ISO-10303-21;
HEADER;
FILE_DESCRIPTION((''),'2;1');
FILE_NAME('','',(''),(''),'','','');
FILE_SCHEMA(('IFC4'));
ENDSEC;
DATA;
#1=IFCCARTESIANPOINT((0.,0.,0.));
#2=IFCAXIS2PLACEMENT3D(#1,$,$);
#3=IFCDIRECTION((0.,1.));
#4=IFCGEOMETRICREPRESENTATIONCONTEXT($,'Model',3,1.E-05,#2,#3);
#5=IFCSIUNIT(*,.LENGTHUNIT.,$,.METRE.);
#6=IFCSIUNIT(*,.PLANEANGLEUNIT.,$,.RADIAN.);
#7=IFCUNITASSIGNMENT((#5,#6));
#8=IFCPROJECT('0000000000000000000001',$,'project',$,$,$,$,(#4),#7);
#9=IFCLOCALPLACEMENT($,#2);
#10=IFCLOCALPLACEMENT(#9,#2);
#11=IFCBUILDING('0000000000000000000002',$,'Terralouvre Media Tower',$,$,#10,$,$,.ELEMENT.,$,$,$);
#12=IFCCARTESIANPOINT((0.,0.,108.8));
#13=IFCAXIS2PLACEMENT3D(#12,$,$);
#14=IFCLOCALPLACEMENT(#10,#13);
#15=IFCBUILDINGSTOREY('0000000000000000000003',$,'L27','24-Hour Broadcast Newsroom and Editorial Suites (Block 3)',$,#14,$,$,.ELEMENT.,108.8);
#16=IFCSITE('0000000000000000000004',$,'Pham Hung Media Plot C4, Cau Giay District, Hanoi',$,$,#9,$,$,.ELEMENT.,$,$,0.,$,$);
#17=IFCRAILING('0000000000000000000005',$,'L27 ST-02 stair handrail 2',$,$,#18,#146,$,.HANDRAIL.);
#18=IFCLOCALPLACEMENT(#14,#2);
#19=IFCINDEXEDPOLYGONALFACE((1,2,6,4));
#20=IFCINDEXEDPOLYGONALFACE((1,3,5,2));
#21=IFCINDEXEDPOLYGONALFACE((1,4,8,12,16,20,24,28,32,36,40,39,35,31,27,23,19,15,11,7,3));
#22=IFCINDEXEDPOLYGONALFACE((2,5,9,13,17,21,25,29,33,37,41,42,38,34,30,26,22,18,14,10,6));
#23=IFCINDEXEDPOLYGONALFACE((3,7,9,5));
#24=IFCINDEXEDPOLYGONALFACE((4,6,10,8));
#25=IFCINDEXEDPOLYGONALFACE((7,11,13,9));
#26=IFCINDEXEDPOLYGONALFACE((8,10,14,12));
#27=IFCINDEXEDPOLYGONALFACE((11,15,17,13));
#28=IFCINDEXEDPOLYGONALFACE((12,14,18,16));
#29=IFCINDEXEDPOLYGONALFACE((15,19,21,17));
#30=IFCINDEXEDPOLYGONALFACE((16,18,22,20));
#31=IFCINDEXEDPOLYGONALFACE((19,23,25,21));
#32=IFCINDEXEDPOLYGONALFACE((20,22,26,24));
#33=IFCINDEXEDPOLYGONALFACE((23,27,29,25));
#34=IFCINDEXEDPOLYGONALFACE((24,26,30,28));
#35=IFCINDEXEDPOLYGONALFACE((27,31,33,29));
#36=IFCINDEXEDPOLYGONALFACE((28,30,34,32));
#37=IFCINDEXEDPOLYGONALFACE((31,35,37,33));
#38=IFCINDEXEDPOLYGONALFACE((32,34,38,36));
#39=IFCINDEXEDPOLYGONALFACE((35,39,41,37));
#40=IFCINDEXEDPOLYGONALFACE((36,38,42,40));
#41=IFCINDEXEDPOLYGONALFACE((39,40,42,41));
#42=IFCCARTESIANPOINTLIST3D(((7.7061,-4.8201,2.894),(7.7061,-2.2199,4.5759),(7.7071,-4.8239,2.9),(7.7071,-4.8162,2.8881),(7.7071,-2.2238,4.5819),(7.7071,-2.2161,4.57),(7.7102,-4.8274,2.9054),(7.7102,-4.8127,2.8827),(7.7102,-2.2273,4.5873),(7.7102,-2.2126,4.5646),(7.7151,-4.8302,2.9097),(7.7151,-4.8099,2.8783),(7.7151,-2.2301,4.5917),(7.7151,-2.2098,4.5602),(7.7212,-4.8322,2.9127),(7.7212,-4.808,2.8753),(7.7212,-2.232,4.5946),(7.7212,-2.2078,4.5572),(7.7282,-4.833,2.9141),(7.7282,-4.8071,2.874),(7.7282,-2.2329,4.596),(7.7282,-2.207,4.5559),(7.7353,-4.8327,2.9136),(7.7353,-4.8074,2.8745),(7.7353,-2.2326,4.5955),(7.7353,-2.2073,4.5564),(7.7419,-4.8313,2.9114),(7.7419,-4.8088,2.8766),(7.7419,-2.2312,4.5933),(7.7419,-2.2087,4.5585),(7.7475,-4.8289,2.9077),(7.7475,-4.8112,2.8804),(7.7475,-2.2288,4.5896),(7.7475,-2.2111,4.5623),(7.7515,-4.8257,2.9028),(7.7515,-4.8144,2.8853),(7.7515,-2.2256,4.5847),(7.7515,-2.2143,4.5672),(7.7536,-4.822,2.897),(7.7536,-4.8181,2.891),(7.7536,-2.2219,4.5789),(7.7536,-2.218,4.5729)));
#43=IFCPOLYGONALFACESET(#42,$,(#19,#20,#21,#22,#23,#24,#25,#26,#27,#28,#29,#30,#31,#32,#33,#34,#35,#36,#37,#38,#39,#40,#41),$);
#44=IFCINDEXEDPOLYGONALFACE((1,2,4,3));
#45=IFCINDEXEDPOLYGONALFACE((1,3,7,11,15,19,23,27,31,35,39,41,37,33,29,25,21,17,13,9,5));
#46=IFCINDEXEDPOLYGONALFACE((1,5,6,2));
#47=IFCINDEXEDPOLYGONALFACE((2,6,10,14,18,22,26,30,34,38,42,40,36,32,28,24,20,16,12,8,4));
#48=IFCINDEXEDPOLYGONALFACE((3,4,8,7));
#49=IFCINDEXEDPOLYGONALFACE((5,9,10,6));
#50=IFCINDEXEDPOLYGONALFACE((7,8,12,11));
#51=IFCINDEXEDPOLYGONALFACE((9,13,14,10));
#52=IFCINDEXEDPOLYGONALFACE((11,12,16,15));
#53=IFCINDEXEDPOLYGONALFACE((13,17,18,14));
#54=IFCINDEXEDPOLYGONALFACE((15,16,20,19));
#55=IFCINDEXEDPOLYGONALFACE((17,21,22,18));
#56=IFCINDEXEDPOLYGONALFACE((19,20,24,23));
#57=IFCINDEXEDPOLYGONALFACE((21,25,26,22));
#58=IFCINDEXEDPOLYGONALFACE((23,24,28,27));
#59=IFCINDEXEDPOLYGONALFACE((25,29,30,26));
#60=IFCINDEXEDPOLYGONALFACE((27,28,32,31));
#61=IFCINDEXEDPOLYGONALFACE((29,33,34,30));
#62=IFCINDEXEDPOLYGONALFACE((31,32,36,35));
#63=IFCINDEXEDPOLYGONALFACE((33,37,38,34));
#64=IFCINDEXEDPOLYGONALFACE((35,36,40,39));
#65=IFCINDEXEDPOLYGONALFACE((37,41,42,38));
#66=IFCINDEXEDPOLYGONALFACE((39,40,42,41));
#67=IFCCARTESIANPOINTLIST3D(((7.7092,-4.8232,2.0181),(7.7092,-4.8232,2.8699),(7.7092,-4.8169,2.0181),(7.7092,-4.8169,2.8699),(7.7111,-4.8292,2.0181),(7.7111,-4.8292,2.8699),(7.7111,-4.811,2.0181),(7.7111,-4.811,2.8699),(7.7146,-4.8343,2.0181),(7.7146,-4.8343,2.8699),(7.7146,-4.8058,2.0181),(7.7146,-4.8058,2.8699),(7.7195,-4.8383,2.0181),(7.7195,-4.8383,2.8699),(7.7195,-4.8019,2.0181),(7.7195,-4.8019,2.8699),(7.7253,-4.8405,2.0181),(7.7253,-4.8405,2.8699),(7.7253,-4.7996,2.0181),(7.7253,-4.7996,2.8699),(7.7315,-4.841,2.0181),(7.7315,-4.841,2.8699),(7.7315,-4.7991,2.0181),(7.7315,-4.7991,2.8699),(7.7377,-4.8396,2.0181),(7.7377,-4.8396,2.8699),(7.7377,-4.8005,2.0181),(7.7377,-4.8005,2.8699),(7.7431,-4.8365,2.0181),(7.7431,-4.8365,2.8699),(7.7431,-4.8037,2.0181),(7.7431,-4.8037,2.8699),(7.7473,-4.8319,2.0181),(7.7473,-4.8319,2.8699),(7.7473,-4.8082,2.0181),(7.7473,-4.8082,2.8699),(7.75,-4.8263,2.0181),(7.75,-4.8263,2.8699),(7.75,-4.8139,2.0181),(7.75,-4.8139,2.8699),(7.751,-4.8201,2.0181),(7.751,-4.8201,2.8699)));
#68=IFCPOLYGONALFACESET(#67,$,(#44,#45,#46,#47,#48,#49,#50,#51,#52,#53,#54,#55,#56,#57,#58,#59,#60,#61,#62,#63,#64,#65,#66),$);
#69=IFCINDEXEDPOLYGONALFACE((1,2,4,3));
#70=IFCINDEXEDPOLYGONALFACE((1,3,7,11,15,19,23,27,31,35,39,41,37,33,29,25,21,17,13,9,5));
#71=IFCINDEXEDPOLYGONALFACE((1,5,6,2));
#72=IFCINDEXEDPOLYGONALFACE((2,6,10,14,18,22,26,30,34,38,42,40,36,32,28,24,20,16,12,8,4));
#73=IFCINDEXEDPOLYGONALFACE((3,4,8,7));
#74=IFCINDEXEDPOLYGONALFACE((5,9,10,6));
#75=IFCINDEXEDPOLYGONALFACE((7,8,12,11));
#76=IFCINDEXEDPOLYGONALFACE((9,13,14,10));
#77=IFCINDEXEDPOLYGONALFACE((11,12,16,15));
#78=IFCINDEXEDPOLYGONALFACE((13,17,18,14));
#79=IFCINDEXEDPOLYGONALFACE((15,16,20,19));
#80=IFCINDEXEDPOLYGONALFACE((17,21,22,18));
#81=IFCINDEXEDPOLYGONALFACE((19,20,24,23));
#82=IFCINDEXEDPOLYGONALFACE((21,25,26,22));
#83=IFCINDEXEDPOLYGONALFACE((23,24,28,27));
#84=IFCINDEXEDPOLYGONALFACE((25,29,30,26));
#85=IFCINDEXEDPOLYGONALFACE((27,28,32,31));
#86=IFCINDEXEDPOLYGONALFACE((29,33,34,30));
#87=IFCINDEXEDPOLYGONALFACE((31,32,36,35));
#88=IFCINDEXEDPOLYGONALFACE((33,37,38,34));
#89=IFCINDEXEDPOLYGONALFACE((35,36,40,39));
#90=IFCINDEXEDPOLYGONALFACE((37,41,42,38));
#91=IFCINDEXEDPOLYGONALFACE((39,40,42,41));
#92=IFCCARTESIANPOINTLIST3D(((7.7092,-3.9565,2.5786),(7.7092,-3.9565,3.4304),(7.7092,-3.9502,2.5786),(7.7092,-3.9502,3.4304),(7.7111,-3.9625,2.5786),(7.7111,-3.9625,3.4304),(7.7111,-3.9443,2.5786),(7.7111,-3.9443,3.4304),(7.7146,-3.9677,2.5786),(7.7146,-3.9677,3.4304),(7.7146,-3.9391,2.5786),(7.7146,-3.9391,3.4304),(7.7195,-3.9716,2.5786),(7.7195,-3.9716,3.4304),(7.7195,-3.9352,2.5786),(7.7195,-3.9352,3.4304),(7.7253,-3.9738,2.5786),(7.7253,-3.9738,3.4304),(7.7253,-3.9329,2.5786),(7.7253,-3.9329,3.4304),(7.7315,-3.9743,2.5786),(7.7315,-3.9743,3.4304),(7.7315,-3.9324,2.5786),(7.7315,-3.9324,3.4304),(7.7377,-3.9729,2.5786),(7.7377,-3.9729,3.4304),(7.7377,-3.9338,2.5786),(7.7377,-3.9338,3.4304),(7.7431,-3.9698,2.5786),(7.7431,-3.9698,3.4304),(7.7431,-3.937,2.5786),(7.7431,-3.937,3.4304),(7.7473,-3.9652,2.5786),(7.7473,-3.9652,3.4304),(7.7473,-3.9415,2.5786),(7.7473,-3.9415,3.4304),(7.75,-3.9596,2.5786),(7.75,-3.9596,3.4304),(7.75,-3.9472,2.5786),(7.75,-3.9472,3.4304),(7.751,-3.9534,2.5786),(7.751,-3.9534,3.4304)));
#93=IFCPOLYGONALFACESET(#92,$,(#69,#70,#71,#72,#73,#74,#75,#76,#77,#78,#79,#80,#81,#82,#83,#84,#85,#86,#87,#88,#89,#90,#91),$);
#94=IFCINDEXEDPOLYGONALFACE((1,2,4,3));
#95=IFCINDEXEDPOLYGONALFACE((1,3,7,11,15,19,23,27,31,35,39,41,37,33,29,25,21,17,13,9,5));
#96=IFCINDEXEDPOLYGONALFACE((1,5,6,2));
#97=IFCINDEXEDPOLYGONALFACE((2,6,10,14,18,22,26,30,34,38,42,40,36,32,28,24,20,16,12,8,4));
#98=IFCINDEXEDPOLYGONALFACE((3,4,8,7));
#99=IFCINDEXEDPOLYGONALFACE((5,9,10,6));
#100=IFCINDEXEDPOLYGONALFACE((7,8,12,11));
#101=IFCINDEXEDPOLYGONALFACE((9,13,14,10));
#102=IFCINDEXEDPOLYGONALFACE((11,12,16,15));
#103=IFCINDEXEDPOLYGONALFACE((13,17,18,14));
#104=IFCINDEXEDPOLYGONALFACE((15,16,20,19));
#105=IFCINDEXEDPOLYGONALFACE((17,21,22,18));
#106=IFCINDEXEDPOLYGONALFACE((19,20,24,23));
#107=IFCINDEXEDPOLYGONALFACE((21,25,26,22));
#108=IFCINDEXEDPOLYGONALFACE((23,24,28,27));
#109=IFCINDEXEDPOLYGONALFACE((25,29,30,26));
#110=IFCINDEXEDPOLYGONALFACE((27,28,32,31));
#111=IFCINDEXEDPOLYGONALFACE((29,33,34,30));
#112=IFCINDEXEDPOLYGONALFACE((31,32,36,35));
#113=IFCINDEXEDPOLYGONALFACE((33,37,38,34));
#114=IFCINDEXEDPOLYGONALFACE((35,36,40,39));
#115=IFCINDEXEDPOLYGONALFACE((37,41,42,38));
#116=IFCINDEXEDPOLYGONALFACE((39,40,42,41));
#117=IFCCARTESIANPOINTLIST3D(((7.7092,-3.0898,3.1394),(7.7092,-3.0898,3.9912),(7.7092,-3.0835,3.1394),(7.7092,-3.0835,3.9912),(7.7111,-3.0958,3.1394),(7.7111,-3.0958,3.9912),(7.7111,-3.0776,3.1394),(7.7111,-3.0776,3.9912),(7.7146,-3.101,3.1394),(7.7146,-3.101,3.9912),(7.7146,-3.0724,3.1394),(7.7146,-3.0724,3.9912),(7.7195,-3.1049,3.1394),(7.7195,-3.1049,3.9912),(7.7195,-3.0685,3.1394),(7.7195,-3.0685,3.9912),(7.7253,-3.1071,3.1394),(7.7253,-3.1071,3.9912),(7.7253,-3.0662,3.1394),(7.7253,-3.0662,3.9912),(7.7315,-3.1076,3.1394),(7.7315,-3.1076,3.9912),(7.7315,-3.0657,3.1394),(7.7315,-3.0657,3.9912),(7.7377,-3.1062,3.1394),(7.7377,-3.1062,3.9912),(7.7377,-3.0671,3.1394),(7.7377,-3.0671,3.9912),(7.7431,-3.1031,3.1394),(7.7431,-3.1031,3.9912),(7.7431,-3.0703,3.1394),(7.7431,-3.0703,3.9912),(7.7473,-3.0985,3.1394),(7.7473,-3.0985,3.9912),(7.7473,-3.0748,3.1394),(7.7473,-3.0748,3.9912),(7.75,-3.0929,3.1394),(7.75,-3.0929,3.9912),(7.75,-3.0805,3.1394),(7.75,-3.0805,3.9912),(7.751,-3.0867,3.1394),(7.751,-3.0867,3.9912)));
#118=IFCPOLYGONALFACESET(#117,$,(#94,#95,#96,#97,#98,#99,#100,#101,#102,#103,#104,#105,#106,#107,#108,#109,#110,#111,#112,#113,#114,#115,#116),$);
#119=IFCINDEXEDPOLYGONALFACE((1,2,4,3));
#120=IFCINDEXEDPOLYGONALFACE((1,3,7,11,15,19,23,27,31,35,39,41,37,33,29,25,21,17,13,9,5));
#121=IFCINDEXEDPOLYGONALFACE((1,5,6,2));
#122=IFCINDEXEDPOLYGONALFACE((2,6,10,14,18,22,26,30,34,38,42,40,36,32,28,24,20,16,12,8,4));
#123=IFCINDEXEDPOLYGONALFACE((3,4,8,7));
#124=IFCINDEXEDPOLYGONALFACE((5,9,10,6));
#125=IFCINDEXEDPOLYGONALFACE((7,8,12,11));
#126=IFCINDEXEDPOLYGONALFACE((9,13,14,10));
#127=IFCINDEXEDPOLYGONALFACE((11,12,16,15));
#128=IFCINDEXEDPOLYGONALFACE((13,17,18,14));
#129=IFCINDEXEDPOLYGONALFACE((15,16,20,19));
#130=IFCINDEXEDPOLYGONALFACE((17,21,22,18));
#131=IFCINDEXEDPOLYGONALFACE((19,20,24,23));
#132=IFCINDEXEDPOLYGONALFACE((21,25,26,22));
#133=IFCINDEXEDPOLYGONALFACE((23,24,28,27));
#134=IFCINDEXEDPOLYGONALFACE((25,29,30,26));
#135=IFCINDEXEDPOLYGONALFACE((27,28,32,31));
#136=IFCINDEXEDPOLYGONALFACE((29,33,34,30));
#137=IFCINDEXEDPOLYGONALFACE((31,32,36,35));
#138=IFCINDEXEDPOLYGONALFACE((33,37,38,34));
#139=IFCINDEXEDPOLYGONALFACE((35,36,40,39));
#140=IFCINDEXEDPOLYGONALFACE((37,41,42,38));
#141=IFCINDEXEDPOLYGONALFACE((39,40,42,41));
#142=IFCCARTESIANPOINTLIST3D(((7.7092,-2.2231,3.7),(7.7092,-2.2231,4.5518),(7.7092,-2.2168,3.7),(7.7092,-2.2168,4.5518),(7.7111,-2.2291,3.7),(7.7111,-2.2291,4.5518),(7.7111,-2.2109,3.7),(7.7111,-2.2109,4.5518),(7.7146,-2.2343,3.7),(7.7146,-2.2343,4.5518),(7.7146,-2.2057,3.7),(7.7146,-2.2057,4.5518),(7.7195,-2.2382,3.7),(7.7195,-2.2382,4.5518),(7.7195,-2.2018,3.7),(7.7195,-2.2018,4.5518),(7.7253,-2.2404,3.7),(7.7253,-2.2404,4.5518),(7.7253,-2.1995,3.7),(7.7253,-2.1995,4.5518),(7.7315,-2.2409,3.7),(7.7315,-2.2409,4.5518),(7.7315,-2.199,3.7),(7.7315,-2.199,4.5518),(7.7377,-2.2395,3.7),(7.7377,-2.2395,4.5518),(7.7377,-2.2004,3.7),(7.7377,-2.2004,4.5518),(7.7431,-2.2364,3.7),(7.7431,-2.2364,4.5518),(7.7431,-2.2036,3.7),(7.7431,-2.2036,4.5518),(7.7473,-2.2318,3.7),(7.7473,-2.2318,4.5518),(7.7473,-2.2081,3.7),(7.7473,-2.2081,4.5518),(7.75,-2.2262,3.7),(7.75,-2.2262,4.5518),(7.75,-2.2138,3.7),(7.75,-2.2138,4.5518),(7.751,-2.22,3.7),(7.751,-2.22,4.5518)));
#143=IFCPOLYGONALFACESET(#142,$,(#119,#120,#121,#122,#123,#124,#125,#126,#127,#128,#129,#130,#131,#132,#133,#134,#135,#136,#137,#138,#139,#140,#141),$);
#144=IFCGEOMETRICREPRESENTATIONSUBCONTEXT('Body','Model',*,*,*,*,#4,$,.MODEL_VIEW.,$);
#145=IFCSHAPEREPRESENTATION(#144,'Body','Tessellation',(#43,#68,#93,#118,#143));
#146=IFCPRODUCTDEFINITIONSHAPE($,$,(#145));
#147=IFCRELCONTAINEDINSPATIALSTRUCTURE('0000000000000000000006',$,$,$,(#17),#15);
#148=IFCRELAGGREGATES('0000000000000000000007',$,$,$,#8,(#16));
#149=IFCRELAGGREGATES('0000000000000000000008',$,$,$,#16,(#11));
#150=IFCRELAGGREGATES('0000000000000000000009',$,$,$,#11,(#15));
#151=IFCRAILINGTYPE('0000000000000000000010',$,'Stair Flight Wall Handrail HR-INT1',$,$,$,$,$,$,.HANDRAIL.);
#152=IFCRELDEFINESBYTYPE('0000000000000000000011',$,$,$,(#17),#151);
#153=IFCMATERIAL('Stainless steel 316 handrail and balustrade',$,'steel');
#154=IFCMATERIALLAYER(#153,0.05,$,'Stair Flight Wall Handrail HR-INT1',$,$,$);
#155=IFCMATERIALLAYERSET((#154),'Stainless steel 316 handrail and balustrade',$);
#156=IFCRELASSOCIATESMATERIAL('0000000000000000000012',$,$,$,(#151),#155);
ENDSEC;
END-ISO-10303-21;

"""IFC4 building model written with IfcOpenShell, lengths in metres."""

from ifc_helpers import new_model, si_unit, direction, frame, origin, origin_2d, place, context, subcontext, project, spatial, circle, extrude, material, layer, layer_set, type_object, element, save


model = new_model("IFC4")

# Units and contexts
model_context = context("Model", 3, precision=1e-05, world=origin(), true_north=direction((0.0, 1.0)))
body_context = subcontext(model_context, "Body", "Model", "MODEL_VIEW")
ifc_project = project(units=[si_unit("LENGTHUNIT", "METRE"), si_unit("PLANEANGLEUNIT", "RADIAN")], contexts=[model_context])

# Site, building, storey
site_placement = place(None, origin())
site = spatial("IfcSite", under=ifc_project, at=site_placement, Name="Pham Hung Media Plot C4, Cau Giay District, Hanoi", CompositionType="ELEMENT", RefElevation=0.0)
building_placement = place(site_placement, origin())
building = spatial("IfcBuilding", under=site, at=building_placement, Name="Terralouvre Media Tower", CompositionType="ELEMENT")
storey_placement = place(building_placement, frame((0.0, 0.0, 108.8)))
storey = spatial("IfcBuildingStorey", under=building, at=storey_placement, Name="L27", Description="24-Hour Broadcast Newsroom and Editorial Suites (Block 3)", CompositionType="ELEMENT", Elevation=108.8)

# Railing
ifc_material_1 = material(Name="Stainless steel 316 handrail and balustrade", Category="steel")
ifc_layer_1 = layer(ifc_material_1, 0.05, Name="Stair Flight Wall Handrail HR-INT1")
ifc_layer_set_1 = layer_set([ifc_layer_1], Name="Stainless steel 316 handrail and balustrade")
railing_type_1 = type_object("IfcRailingType", Name="Stair Flight Wall Handrail HR-INT1", PredefinedType="HANDRAIL", material=ifc_layer_set_1)
railing_1_placement = place(storey_placement, frame((7.73, -4.8201, 2.0181)))
element("IfcRailing", 1, at=railing_1_placement, inside=storey, type_object=railing_type_1, Name="L27 ST-02 stair handrail 2", PredefinedType="HANDRAIL", context=body_context, shape_type="SweptSolid", body=[
    extrude(circle(Radius=0.0239, at=origin_2d()), frame((0.0, 0.0, 0.876), z_axis=(0.0, 0.839648, 0.54313), x_axis=(-1.0, 0.0, 0.0)), (0.0, 0.0, 1.0), 3.0967),
    extrude(circle(Radius=0.021, at=origin_2d()), origin(), (0.0, 0.0, 1.0), 0.8518),
    extrude(circle(Radius=0.021, at=origin_2d()), frame((0.0, 0.8667, 0.5605)), (0.0, 0.0, 1.0), 0.8518),
    extrude(circle(Radius=0.021, at=origin_2d()), frame((0.0, 1.7334, 1.1213)), (0.0, 0.0, 1.0), 0.8518),
    extrude(circle(Radius=0.021, at=origin_2d()), frame((0.0, 2.6001, 1.6819)), (0.0, 0.0, 1.0), 0.8518),
])

save(model, "model.ifc")
